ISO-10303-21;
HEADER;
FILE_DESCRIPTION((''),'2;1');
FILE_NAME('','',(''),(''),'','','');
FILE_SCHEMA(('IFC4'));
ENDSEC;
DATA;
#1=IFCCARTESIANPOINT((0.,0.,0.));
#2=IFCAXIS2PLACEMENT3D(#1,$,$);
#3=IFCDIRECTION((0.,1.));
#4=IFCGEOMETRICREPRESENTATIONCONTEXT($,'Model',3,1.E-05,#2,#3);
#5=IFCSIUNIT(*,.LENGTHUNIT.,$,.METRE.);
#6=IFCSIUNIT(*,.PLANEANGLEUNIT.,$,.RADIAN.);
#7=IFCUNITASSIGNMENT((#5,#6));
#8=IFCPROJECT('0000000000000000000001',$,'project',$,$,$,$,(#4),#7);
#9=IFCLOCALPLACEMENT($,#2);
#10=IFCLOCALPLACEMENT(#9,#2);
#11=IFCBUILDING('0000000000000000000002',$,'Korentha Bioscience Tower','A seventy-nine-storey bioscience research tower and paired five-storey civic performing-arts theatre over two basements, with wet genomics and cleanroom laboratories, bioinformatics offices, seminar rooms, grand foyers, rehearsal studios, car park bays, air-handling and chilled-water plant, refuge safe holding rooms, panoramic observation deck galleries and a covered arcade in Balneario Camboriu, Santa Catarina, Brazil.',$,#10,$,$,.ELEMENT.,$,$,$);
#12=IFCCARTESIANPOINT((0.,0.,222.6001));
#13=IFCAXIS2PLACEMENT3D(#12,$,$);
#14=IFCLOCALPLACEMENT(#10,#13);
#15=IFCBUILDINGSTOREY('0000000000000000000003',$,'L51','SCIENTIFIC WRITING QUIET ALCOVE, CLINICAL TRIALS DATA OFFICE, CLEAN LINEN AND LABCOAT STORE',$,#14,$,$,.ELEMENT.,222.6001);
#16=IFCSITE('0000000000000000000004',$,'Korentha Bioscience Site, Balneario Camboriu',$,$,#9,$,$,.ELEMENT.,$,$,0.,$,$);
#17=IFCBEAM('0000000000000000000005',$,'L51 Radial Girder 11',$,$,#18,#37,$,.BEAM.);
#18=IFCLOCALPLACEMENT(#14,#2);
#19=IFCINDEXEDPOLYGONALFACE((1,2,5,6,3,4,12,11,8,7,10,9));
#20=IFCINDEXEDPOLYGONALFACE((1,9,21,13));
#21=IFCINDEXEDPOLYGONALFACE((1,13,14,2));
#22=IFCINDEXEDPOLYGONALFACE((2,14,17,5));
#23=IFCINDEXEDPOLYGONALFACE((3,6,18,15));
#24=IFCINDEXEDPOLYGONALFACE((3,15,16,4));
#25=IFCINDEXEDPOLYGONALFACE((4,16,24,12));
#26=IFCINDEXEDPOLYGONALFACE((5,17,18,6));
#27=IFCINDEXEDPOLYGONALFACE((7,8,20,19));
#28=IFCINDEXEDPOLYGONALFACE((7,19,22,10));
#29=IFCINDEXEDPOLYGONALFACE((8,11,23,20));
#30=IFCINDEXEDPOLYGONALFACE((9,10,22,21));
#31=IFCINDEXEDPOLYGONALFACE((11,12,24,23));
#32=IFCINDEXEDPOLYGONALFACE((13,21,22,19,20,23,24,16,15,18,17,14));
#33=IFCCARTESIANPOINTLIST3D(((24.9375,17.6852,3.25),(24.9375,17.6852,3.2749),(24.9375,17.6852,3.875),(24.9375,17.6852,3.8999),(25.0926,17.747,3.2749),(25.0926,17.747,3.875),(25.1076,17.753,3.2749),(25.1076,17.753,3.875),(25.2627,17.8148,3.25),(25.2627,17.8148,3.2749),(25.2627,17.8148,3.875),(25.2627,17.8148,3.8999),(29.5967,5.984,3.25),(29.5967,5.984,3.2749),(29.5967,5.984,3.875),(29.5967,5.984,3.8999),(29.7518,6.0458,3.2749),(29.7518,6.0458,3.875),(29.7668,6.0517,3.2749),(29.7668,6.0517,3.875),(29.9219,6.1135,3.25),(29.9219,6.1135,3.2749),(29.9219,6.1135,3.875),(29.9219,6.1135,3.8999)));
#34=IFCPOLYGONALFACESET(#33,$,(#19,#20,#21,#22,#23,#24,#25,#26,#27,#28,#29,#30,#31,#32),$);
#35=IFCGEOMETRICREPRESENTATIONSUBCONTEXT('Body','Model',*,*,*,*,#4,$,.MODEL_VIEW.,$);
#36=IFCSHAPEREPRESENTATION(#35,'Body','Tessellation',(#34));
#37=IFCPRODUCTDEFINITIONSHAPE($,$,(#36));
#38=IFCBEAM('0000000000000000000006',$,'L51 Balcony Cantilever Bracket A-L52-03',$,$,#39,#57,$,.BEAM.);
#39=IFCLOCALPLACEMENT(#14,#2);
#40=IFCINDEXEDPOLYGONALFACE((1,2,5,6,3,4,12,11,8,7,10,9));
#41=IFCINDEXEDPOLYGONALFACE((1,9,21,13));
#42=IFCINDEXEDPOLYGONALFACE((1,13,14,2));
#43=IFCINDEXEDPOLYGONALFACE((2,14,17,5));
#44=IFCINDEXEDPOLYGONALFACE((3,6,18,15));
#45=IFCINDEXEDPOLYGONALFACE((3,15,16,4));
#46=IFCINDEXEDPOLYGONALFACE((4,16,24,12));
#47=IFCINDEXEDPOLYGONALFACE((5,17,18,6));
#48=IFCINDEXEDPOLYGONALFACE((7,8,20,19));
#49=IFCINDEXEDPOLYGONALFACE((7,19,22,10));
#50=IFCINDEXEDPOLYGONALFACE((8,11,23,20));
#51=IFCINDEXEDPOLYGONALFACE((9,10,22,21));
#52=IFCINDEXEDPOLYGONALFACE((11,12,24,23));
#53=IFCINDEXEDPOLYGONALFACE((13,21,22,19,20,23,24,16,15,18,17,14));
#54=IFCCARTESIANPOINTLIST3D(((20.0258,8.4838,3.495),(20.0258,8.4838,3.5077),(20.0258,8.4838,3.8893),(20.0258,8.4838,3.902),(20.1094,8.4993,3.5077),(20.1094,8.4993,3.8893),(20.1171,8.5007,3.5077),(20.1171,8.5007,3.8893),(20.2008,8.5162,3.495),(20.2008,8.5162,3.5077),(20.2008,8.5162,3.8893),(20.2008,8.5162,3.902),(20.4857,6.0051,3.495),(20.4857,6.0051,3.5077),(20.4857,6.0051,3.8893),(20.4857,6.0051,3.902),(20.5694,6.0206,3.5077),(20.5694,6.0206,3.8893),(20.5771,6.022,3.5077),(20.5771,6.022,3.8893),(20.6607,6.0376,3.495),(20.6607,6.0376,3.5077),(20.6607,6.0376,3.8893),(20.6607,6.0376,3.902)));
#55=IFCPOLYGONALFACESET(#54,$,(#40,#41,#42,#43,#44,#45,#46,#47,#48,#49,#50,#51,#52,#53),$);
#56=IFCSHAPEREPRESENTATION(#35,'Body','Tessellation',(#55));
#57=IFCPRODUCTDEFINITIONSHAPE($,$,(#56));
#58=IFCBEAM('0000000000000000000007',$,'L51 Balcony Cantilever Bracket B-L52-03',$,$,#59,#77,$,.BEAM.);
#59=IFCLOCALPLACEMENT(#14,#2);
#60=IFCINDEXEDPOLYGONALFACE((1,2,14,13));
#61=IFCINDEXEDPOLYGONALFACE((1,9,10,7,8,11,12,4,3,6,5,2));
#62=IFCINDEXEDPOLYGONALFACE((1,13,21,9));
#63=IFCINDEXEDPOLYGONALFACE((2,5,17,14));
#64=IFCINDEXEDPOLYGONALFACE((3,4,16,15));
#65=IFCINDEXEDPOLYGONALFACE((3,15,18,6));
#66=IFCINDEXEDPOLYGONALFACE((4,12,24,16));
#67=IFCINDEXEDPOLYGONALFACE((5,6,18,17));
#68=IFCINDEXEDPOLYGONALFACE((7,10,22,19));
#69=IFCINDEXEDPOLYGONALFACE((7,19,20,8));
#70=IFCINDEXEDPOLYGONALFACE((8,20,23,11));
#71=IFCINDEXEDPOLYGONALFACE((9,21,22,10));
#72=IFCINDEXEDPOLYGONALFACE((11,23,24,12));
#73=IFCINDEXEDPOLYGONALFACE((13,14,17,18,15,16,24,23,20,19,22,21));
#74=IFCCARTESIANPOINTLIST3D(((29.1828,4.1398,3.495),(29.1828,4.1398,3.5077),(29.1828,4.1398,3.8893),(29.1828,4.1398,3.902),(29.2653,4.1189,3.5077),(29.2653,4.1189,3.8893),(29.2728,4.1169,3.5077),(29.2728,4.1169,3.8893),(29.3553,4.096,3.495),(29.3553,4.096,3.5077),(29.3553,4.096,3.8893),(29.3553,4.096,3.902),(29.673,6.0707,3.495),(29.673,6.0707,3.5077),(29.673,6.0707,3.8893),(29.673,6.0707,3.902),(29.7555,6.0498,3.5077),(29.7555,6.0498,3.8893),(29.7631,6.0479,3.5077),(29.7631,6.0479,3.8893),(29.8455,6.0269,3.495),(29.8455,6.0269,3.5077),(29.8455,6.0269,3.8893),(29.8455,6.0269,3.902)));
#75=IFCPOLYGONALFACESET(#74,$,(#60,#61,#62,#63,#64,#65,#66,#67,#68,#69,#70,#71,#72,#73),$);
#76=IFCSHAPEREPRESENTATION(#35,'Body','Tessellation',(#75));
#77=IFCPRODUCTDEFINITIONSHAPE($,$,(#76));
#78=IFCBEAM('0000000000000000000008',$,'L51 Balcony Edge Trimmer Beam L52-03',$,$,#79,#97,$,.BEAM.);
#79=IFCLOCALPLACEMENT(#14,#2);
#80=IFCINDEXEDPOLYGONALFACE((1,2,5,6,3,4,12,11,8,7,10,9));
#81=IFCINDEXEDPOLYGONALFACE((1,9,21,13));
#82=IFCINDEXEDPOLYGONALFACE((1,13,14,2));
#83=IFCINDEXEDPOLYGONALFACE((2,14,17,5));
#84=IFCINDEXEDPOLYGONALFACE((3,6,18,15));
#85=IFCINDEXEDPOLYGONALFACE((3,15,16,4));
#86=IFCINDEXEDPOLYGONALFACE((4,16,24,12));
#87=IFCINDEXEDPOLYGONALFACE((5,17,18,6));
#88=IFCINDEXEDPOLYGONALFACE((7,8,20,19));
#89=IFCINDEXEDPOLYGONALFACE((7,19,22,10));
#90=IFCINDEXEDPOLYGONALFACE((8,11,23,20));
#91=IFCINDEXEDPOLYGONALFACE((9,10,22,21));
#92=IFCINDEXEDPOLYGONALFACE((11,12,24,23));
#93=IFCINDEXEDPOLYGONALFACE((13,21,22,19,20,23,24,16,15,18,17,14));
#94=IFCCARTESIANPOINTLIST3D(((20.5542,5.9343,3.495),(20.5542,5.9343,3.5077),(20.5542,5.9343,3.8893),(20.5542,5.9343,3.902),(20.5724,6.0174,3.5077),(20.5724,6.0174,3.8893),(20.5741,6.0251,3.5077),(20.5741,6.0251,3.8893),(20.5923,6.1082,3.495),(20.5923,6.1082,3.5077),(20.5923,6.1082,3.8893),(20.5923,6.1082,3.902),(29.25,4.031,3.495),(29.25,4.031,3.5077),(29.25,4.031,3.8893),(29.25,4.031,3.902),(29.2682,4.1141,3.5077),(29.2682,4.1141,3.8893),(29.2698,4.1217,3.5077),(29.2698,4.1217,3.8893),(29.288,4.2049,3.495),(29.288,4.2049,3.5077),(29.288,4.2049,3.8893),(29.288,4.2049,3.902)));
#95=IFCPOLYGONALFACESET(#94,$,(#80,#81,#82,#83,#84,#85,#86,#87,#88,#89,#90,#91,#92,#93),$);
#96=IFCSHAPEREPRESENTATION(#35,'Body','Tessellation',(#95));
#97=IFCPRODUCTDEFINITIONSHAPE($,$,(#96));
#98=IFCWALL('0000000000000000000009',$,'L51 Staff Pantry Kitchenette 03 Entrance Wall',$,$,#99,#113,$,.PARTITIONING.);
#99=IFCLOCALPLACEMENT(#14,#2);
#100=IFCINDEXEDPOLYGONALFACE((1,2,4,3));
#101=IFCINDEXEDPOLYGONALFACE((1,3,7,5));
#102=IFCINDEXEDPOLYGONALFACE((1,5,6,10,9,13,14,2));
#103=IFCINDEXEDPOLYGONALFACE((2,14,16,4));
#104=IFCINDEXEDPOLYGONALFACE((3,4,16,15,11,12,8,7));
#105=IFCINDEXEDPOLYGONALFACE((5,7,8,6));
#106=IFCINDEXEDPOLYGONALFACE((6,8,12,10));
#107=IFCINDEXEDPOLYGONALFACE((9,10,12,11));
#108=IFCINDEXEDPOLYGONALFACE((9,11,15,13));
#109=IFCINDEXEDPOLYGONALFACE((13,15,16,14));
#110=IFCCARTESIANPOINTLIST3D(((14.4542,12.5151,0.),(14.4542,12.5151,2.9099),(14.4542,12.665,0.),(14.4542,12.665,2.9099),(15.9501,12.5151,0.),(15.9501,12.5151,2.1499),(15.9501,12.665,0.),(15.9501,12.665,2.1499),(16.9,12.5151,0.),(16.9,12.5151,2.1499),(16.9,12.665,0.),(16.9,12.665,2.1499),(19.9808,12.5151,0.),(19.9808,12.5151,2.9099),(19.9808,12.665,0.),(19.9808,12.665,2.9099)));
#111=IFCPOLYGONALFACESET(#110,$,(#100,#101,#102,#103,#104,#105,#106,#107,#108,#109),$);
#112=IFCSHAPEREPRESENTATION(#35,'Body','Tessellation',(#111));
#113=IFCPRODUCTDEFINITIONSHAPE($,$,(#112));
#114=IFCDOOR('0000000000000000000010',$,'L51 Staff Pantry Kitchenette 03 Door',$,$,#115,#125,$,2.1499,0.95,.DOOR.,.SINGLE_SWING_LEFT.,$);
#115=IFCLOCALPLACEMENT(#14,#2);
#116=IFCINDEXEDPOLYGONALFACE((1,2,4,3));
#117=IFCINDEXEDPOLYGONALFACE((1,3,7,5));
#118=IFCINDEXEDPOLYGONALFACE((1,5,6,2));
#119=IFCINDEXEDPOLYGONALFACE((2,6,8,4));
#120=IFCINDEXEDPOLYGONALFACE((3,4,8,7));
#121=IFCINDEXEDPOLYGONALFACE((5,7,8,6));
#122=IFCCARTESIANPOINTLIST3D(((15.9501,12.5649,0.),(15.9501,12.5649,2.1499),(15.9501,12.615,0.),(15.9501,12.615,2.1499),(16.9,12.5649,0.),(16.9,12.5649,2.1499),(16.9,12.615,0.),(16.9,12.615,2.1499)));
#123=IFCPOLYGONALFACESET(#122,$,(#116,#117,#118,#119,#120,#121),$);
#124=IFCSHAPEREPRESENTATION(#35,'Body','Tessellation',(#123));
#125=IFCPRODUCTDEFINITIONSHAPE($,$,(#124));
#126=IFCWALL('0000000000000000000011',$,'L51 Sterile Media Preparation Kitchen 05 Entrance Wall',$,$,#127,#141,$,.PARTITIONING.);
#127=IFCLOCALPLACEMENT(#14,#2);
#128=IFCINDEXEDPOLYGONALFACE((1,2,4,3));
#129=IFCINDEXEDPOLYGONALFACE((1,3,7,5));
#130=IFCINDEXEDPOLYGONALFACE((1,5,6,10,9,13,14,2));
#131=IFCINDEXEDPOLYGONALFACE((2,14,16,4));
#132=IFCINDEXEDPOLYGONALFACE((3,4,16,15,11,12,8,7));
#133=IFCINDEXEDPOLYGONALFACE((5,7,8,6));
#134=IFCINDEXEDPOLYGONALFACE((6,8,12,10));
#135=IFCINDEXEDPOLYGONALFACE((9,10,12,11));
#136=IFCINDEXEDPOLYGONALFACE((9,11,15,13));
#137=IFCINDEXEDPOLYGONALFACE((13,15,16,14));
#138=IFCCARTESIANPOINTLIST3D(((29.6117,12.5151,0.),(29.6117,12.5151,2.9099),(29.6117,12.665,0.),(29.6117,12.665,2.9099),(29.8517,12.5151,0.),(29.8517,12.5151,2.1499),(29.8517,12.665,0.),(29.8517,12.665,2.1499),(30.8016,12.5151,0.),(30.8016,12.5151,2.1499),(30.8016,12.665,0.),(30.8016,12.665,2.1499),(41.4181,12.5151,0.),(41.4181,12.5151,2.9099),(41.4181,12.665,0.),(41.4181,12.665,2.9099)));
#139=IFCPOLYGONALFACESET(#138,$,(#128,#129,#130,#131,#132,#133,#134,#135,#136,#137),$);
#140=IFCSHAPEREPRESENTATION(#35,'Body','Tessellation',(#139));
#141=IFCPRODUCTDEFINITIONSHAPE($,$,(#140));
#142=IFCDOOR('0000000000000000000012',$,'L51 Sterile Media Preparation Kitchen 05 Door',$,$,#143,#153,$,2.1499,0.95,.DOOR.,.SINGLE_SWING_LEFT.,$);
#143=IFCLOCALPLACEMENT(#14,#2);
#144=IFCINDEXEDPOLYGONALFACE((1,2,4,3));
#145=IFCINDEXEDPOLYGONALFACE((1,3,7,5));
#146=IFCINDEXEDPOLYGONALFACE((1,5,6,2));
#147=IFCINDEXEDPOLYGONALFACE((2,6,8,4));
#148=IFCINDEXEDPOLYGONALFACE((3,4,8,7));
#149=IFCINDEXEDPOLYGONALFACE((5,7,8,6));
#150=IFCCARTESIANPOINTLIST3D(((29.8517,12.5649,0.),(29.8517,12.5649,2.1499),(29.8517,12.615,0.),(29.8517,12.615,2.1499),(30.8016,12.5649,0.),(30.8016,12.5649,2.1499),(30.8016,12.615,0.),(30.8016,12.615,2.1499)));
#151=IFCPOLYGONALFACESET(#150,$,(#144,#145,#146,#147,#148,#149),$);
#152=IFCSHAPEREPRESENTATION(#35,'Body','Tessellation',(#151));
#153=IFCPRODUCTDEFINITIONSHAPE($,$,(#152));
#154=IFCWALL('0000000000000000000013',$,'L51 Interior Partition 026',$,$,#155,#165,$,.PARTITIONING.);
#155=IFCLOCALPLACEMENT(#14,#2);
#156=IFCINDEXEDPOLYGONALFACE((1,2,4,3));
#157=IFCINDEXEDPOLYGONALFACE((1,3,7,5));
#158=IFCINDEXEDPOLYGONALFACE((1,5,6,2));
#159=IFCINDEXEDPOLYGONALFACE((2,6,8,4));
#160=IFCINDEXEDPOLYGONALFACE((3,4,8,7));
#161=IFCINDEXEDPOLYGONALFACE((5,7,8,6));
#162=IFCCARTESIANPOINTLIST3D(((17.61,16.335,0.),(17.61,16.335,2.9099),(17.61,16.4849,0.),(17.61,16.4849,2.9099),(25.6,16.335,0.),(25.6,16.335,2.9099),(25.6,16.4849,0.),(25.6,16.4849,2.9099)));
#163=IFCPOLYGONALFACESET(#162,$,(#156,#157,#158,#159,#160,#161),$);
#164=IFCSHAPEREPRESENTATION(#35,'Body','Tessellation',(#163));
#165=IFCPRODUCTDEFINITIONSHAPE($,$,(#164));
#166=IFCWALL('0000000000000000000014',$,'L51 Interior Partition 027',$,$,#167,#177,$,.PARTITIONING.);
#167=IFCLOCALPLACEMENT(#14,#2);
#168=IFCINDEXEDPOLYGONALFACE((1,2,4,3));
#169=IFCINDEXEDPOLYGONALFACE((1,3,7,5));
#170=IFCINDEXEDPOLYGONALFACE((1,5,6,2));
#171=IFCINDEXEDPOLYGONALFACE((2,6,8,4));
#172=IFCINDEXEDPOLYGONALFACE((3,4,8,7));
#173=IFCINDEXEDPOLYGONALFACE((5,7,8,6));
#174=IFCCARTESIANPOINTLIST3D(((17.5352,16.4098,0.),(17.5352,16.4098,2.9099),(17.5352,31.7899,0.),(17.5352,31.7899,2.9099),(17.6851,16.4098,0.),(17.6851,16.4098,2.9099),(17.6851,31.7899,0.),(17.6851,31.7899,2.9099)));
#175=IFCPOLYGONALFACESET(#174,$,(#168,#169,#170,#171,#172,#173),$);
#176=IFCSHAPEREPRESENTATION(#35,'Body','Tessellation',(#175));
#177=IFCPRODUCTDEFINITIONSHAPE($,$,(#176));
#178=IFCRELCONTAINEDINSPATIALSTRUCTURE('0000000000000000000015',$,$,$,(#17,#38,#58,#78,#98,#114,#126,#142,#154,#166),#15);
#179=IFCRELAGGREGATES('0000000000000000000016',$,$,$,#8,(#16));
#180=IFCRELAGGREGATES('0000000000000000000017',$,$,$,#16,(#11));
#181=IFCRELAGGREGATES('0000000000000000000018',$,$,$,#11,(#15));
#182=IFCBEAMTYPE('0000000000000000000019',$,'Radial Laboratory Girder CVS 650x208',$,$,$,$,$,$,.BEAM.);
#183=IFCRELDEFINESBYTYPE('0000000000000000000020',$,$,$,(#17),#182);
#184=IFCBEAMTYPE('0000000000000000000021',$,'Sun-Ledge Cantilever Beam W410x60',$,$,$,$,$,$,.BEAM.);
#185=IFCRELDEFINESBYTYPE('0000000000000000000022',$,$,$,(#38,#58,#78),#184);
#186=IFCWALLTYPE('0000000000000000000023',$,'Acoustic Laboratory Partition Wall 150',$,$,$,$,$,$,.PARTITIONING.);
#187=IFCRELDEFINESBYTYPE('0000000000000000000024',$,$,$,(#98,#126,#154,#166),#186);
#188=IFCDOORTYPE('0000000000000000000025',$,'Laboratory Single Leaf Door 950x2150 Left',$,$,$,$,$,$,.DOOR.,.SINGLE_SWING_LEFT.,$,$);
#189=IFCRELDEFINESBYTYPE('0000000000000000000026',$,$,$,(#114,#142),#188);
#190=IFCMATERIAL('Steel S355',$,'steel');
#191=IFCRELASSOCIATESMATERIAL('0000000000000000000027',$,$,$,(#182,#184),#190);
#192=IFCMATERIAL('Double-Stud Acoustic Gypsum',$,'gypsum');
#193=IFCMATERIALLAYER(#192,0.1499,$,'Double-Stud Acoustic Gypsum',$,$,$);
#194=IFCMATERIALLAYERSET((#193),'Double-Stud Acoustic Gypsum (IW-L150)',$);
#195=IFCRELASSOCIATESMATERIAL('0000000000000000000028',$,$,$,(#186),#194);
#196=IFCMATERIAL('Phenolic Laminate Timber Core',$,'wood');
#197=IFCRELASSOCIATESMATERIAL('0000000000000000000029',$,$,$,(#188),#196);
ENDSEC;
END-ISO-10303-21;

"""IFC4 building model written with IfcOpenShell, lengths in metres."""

from ifc_helpers import new_model, si_unit, direction, frame, frame_2d, origin, origin_2d, place, context, subcontext, project, spatial, rectangle, i_section, extrude, material, layer, layer_set, material_profile, profile_set, type_object, element, fill, save


model = new_model("IFC4")

# Units and contexts
model_context = context("Model", 3, precision=1e-05, world=origin(), true_north=direction((0.0, 1.0)))
body_context = subcontext(model_context, "Body", "Model", "MODEL_VIEW")
ifc_project = project(units=[si_unit("LENGTHUNIT", "METRE"), si_unit("PLANEANGLEUNIT", "RADIAN")], contexts=[model_context])

# Site, building, storey
site_placement = place(None, origin())
site = spatial("IfcSite", under=ifc_project, at=site_placement, Name="Korentha Bioscience Site, Balneario Camboriu", CompositionType="ELEMENT", RefElevation=0.0)
building_placement = place(site_placement, origin())
building = spatial("IfcBuilding", under=site, at=building_placement, Name="Korentha Bioscience Tower", Description="A seventy-nine-storey bioscience research tower and paired five-storey civic performing-arts theatre over two basements, with wet genomics and cleanroom laboratories, bioinformatics offices, seminar rooms, grand foyers, rehearsal studios, car park bays, air-handling and chilled-water plant, refuge safe holding rooms, panoramic observation deck galleries and a covered arcade in Balneario Camboriu, Santa Catarina, Brazil.", CompositionType="ELEMENT")
storey_placement = place(building_placement, frame((0.0, 0.0, 222.6001)))
storey = spatial("IfcBuildingStorey", under=building, at=storey_placement, Name="L51", Description="SCIENTIFIC WRITING QUIET ALCOVE, CLINICAL TRIALS DATA OFFICE, CLEAN LINEN AND LABCOAT STORE", CompositionType="ELEMENT", Elevation=222.6001)

# Beams
ifc_material_1 = material(Name="Steel S355", Category="steel")
ifc_material_profile_1 = material_profile(ifc_material_1, i_section(OverallWidth=0.3501, OverallDepth=0.6499, WebThickness=0.0161, FlangeThickness=0.0249, at=origin_2d()), Name="Steel S355")
ifc_profile_set_1 = profile_set([ifc_material_profile_1], Name="Steel S355 (RB-650)")
beam_type_1 = type_object("IfcBeamType", Name="Radial Laboratory Girder CVS 650x208", PredefinedType="BEAM", material=ifc_profile_set_1)
beam_1_placement = place(storey_placement, frame((25.1001, 17.75, 3.575), z_axis=(0.369933, -0.929058, 0.0), x_axis=(0.929058, 0.369933, 0.0)))
element("IfcBeam", 1, at=beam_1_placement, inside=storey, type_object=beam_type_1, Name="L51 Radial Girder 11", PredefinedType="BEAM", context=body_context, shape_type="SweptSolid", body=[
    extrude(i_section(OverallWidth=0.3501, OverallDepth=0.6499, WebThickness=0.0161, FlangeThickness=0.0249, at=origin_2d()), origin(), (0.0, 0.0, 1.0), 12.5947),
])
ifc_material_profile_2 = material_profile(ifc_material_1, i_section(OverallWidth=0.178, OverallDepth=0.407, WebThickness=0.0078, FlangeThickness=0.0127, at=origin_2d()), Name="Steel S355")
ifc_profile_set_2 = profile_set([ifc_material_profile_2], Name="Steel S355 (CB-410)")
beam_type_2 = type_object("IfcBeamType", Name="Sun-Ledge Cantilever Beam W410x60", PredefinedType="BEAM", material=ifc_profile_set_2)
beam_2_placement = place(storey_placement, frame((20.1133, 8.5, 3.6985), z_axis=(0.182446, -0.983216, 0.0), x_axis=(0.983216, 0.182446, 0.0)))
element("IfcBeam", 2, at=beam_2_placement, inside=storey, type_object=beam_type_2, Name="L51 Balcony Cantilever Bracket A-L52-03", PredefinedType="BEAM", context=body_context, shape_type="SweptSolid", body=[
    extrude(i_section(OverallWidth=0.178, OverallDepth=0.407, WebThickness=0.0078, FlangeThickness=0.0127, at=origin_2d()), origin(), (0.0, 0.0, 1.0), 2.521),
])
beam_3_placement = place(storey_placement, frame((29.7593, 6.0488, 3.6985), z_axis=(-0.246081, -0.969249, 0.0), x_axis=(0.969249, -0.246081, 0.0)))
element("IfcBeam", 3, at=beam_3_placement, inside=storey, type_object=beam_type_2, Name="L51 Balcony Cantilever Bracket B-L52-03", PredefinedType="BEAM", context=body_context, shape_type="SweptSolid", body=[
    extrude(i_section(OverallWidth=0.178, OverallDepth=0.407, WebThickness=0.0078, FlangeThickness=0.0127, at=origin_2d()), origin(), (0.0, 0.0, 1.0), 1.9922),
])
beam_4_placement = place(storey_placement, frame((20.5732, 6.0212, 3.6985), z_axis=(0.976874, -0.213816, 0.0), x_axis=(0.213816, 0.976874, 0.0)))
element("IfcBeam", 4, at=beam_4_placement, inside=storey, type_object=beam_type_2, Name="L51 Balcony Edge Trimmer Beam L52-03", PredefinedType="BEAM", context=body_context, shape_type="SweptSolid", body=[
    extrude(i_section(OverallWidth=0.178, OverallDepth=0.407, WebThickness=0.0078, FlangeThickness=0.0127, at=origin_2d()), origin(), (0.0, 0.0, 1.0), 8.9016),
])

# Walls, openings, doors
ifc_material_2 = material(Name="Double-Stud Acoustic Gypsum", Category="gypsum")
ifc_layer_1 = layer(ifc_material_2, 0.1499, Name="Double-Stud Acoustic Gypsum")
ifc_layer_set_1 = layer_set([ifc_layer_1], Name="Double-Stud Acoustic Gypsum (IW-L150)")
wall_type_1 = type_object("IfcWallType", Name="Acoustic Laboratory Partition Wall 150", PredefinedType="PARTITIONING", material=ifc_layer_set_1)
wall_1_placement = place(storey_placement, frame((14.4543, 12.5901, 0.0), z_axis=(0.0, 0.0, 1.0), x_axis=(1.0, 0.0, 0.0)))
wall_1 = element("IfcWall", 5, at=wall_1_placement, inside=storey, type_object=wall_type_1, Name="L51 Staff Pantry Kitchenette 03 Entrance Wall", PredefinedType="PARTITIONING", context=body_context, shape_type="SweptSolid", body=[
    extrude(rectangle(XDim=5.5266, YDim=0.1499, at=frame_2d((2.7632, 0.0))), origin(), (0.0, 0.0, 1.0), 2.9099),
])
opening_1_placement = place(wall_1_placement, frame((1.4956, 0.0, 0.0)))
opening_1 = element("IfcOpeningElement", 6, at=opening_1_placement, cuts=wall_1, PredefinedType="OPENING", context=body_context, shape_type="SweptSolid", body=[
    extrude(rectangle(XDim=0.95, YDim=2.1499, at=frame_2d((0.4751, 1.075))), frame((0.0, 0.0898, 0.0), z_axis=(0.0, -1.0, 0.0), x_axis=(1.0, 0.0, 0.0)), (0.0, 0.0, 1.0), 0.1797),
])
ifc_material_3 = material(Name="Phenolic Laminate Timber Core", Category="wood")
door_type_1 = type_object("IfcDoorType", Name="Laboratory Single Leaf Door 950x2150 Left", OperationType="SINGLE_SWING_LEFT", PredefinedType="DOOR", material=ifc_material_3)
door_1_placement = place(opening_1_placement, origin())
door_1 = element("IfcDoor", 7, at=door_1_placement, inside=storey, type_object=door_type_1, Name="L51 Staff Pantry Kitchenette 03 Door", OperationType="SINGLE_SWING_LEFT", OverallHeight=2.1499, OverallWidth=0.95, PredefinedType="DOOR", context=body_context, shape_type="SweptSolid", body=[
    extrude(rectangle(XDim=0.95, YDim=2.1499, at=frame_2d((0.4751, 1.075))), frame((0.0, 0.0249, 0.0), z_axis=(0.0, -1.0, 0.0), x_axis=(1.0, 0.0, 0.0)), (0.0, 0.0, 1.0), 0.05),
])
fill(opening_1, door_1)
wall_2_placement = place(storey_placement, frame((29.6116, 12.5901, 0.0), z_axis=(0.0, 0.0, 1.0), x_axis=(1.0, 0.0, 0.0)))
wall_2 = element("IfcWall", 8, at=wall_2_placement, inside=storey, type_object=wall_type_1, Name="L51 Sterile Media Preparation Kitchen 05 Entrance Wall", PredefinedType="PARTITIONING", context=body_context, shape_type="SweptSolid", body=[
    extrude(rectangle(XDim=11.8064, YDim=0.1499, at=frame_2d((5.9033, 0.0))), origin(), (0.0, 0.0, 1.0), 2.9099),
])
opening_2_placement = place(wall_2_placement, frame((0.24, 0.0, 0.0)))
opening_2 = element("IfcOpeningElement", 9, at=opening_2_placement, cuts=wall_2, PredefinedType="OPENING", context=body_context, shape_type="SweptSolid", body=[
    extrude(rectangle(XDim=0.95, YDim=2.1499, at=frame_2d((0.4751, 1.075))), frame((0.0, 0.0898, 0.0), z_axis=(0.0, -1.0, 0.0), x_axis=(1.0, 0.0, 0.0)), (0.0, 0.0, 1.0), 0.1797),
])
door_2_placement = place(opening_2_placement, origin())
door_2 = element("IfcDoor", 10, at=door_2_placement, inside=storey, type_object=door_type_1, Name="L51 Sterile Media Preparation Kitchen 05 Door", OperationType="SINGLE_SWING_LEFT", OverallHeight=2.1499, OverallWidth=0.95, PredefinedType="DOOR", context=body_context, shape_type="SweptSolid", body=[
    extrude(rectangle(XDim=0.95, YDim=2.1499, at=frame_2d((0.4751, 1.075))), frame((0.0, 0.0249, 0.0), z_axis=(0.0, -1.0, 0.0), x_axis=(1.0, 0.0, 0.0)), (0.0, 0.0, 1.0), 0.05),
])
fill(opening_2, door_2)

# Walls
wall_3_placement = place(storey_placement, frame((25.6001, 16.4099, 0.0), z_axis=(0.0, 0.0, 1.0), x_axis=(-1.0, 0.0, 0.0)))
element("IfcWall", 11, at=wall_3_placement, inside=storey, type_object=wall_type_1, Name="L51 Interior Partition 026", PredefinedType="PARTITIONING", context=body_context, shape_type="SweptSolid", body=[
    extrude(rectangle(XDim=7.99, YDim=0.1499, at=frame_2d((3.9951, 0.0))), origin(), (0.0, 0.0, 1.0), 2.9099),
])
wall_4_placement = place(storey_placement, frame((17.6101, 16.4099, 0.0), z_axis=(0.0, 0.0, 1.0), x_axis=(0.0, 1.0, 0.0)))
element("IfcWall", 12, at=wall_4_placement, inside=storey, type_object=wall_type_1, Name="L51 Interior Partition 027", PredefinedType="PARTITIONING", context=body_context, shape_type="SweptSolid", body=[
    extrude(rectangle(XDim=15.3801, YDim=0.1499, at=frame_2d((7.6899, 0.0))), origin(), (0.0, 0.0, 1.0), 2.9099),
])

save(model, "model.ifc")
